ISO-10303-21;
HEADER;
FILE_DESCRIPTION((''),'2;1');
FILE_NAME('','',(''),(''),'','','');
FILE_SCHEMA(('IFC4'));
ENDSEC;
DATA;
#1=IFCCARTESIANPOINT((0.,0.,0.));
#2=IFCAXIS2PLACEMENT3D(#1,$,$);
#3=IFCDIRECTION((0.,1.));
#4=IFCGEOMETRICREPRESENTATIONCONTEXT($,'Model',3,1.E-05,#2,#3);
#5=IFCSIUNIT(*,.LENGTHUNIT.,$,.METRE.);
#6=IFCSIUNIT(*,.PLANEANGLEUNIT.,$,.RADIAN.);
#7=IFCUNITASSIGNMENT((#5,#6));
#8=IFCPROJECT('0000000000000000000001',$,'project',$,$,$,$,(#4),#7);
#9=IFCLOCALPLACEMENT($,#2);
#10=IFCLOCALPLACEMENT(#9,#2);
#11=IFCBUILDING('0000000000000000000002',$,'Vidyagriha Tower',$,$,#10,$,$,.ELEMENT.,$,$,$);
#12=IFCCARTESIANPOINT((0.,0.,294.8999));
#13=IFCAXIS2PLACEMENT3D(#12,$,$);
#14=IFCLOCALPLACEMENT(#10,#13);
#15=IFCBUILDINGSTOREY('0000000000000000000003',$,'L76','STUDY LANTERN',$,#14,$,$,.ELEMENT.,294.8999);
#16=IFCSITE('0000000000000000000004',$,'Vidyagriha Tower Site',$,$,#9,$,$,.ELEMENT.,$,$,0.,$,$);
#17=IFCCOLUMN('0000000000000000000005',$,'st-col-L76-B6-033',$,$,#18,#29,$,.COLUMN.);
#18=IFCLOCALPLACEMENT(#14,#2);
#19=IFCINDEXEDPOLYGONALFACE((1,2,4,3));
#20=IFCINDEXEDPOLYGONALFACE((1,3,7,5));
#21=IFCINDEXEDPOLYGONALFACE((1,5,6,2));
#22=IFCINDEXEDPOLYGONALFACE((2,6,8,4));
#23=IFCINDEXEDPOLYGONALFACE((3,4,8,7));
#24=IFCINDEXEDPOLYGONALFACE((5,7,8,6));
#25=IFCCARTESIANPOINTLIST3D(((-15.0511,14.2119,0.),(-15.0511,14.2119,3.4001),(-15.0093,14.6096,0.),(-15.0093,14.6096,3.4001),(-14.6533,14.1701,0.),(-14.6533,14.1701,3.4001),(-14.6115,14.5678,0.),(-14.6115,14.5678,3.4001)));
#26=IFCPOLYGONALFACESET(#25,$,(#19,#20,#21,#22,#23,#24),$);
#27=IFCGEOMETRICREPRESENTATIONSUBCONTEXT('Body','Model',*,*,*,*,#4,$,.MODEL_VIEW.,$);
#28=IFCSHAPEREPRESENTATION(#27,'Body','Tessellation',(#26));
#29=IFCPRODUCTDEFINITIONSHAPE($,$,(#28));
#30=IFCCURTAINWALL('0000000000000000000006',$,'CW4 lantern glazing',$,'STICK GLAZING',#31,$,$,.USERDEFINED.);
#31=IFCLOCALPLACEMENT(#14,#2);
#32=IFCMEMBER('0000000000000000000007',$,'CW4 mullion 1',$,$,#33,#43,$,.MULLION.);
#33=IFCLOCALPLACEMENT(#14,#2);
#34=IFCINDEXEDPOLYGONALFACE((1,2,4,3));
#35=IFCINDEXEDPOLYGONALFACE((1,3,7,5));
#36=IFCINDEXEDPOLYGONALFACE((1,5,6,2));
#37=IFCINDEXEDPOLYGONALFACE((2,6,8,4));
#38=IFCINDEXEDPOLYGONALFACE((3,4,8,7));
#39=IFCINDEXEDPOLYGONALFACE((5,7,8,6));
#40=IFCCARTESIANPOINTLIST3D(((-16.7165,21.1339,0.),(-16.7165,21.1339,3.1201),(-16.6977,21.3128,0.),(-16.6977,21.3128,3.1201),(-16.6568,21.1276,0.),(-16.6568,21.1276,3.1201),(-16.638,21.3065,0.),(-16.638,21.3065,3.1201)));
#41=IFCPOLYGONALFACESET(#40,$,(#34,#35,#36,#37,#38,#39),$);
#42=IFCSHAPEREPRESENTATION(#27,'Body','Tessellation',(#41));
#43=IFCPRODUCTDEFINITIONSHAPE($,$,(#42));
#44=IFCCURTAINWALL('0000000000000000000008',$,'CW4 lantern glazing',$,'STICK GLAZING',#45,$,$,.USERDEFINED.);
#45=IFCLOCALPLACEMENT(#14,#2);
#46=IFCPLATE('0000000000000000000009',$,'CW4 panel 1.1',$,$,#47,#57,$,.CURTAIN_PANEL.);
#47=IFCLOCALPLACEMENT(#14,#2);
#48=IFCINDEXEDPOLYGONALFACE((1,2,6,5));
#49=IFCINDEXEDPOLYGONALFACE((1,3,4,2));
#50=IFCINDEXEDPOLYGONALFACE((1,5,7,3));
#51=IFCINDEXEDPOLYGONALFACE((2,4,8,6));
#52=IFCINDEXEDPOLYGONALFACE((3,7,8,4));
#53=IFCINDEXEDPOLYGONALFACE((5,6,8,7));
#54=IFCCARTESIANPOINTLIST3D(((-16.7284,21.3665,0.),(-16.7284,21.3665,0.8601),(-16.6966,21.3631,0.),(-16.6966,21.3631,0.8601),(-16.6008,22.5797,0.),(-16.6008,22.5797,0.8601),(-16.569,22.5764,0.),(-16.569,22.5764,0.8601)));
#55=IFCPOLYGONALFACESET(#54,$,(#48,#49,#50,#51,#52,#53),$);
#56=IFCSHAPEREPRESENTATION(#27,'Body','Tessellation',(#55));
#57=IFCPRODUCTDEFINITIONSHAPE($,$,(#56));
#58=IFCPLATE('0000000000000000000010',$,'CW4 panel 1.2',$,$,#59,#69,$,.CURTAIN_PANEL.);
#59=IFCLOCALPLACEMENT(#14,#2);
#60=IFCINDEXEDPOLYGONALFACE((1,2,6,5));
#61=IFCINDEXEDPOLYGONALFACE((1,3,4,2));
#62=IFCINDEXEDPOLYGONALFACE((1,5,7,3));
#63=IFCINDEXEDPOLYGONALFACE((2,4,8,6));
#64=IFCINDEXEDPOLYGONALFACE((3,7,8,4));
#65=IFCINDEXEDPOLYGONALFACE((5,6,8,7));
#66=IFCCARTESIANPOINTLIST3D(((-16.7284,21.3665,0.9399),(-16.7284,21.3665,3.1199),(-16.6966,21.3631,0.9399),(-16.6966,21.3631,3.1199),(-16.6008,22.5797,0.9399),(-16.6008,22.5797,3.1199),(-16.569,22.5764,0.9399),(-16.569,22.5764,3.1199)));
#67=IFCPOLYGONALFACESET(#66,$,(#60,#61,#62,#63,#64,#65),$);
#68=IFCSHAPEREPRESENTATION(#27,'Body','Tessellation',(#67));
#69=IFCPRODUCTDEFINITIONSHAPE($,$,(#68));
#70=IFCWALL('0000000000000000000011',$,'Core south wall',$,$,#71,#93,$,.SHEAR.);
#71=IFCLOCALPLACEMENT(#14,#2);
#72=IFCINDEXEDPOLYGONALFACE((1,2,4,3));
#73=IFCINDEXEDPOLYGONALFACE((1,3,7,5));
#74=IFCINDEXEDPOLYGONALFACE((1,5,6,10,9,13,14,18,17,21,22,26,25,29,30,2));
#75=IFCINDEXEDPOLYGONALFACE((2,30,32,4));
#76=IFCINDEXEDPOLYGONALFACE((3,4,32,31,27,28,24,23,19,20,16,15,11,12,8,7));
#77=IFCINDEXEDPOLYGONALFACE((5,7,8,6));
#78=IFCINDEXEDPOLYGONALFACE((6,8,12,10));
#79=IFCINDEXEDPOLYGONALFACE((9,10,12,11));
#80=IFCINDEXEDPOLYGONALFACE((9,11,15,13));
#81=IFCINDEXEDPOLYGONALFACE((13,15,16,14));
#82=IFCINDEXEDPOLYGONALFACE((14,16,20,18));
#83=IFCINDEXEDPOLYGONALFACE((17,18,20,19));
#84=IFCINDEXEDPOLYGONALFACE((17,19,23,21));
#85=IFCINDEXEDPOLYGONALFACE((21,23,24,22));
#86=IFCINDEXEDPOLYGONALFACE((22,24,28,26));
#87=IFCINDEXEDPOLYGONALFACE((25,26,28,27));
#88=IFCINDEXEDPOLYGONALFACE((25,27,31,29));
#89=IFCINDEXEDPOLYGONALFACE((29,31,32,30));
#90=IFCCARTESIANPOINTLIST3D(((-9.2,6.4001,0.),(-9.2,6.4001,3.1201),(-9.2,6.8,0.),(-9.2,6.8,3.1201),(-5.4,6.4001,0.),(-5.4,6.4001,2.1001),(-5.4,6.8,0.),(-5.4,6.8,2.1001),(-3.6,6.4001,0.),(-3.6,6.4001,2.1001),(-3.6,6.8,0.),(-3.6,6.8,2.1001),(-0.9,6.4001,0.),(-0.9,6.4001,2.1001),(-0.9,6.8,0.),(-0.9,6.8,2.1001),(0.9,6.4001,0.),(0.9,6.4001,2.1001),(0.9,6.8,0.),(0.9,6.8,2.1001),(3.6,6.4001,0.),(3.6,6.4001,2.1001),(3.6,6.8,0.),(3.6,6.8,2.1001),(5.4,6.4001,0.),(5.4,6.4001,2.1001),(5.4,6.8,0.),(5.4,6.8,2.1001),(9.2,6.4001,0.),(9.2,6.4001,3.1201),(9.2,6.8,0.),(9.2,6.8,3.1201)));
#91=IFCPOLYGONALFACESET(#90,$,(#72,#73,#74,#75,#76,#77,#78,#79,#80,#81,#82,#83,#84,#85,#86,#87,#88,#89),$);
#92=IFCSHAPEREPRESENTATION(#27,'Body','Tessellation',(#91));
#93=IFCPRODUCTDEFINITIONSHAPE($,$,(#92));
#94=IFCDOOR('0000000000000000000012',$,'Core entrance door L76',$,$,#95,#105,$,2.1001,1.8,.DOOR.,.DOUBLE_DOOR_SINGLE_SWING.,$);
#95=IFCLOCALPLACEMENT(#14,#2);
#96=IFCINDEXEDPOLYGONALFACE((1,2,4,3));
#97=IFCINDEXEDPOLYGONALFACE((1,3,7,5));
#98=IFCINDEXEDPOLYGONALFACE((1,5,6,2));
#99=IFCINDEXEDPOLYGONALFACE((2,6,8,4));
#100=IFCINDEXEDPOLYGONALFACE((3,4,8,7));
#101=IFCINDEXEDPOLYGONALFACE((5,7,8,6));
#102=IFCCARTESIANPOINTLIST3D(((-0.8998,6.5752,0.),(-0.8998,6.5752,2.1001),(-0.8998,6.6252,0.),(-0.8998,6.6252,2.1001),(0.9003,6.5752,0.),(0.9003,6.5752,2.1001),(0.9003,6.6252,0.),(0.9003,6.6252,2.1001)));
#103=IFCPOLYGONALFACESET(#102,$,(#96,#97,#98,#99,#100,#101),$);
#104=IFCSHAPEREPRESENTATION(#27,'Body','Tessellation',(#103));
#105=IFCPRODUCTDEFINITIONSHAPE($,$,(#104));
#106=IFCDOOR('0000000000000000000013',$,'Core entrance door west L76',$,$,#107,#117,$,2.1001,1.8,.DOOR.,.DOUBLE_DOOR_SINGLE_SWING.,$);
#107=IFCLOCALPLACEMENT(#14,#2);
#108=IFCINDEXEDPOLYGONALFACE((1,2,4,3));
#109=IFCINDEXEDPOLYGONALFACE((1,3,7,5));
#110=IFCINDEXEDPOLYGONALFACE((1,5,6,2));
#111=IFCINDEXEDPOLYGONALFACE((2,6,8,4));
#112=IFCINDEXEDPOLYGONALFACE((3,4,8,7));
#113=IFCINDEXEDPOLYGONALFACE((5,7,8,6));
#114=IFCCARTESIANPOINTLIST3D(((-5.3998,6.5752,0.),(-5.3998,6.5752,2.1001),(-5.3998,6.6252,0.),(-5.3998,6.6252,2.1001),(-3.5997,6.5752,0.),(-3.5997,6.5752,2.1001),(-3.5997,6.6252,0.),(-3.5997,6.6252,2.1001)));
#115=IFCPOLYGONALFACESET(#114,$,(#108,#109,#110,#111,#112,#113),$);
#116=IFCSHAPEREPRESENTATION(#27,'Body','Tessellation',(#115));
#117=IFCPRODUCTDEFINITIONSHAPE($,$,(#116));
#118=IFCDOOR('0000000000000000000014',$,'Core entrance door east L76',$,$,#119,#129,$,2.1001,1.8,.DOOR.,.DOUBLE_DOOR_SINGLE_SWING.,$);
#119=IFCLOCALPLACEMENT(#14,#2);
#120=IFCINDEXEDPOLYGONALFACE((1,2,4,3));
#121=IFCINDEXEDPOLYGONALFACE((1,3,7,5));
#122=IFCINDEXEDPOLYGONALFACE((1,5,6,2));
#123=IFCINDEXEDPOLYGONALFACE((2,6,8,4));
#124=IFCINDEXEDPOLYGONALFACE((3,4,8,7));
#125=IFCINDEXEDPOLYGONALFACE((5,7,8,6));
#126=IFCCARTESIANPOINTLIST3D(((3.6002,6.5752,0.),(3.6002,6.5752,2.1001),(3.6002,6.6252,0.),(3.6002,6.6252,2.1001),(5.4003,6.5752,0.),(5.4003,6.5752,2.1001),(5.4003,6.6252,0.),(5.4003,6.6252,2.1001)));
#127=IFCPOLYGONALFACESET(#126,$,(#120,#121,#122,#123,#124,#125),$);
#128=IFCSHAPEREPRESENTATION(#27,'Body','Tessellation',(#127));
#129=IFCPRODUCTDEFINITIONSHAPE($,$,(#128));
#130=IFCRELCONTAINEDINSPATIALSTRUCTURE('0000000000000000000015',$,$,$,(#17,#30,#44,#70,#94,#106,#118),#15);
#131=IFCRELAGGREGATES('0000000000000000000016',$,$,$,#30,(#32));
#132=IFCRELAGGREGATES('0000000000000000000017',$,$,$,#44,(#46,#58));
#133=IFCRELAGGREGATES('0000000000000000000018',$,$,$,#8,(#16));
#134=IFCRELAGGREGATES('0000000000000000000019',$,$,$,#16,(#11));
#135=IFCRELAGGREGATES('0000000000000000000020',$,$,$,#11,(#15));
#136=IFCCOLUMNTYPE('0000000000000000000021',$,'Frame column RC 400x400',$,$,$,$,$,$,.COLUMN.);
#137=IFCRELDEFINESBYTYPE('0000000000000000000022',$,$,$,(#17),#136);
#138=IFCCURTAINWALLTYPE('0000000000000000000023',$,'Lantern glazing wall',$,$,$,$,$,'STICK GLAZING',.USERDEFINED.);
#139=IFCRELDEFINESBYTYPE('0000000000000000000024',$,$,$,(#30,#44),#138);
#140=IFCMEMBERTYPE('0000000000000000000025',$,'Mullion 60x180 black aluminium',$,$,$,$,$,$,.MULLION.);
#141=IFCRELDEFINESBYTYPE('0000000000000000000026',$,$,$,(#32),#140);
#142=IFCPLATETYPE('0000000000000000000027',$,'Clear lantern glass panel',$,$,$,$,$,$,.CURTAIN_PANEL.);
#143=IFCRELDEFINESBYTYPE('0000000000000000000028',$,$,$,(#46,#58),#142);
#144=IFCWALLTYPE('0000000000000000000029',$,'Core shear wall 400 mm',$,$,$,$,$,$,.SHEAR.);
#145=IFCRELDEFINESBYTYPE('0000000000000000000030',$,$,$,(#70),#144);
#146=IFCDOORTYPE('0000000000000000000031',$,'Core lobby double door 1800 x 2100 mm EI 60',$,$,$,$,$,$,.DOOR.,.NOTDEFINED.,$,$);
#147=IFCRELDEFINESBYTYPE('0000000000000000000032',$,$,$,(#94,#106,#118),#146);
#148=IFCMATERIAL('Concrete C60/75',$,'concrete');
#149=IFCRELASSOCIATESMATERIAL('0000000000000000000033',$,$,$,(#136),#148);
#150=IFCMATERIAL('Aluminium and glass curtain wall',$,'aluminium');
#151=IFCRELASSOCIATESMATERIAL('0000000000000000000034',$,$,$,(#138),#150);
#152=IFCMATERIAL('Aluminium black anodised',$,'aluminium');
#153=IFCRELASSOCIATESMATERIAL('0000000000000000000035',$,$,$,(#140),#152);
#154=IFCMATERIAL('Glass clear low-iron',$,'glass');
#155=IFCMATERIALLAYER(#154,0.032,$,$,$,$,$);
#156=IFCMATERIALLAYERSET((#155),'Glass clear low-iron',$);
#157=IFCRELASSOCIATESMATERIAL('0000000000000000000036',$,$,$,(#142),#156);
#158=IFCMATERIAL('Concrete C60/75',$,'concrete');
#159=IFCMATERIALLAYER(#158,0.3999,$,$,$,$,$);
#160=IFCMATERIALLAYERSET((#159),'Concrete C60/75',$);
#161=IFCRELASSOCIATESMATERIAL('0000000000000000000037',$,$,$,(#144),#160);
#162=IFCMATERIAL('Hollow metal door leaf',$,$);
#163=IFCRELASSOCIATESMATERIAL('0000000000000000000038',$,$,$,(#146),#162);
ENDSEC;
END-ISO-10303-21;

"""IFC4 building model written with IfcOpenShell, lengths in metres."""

from ifc_helpers import new_model, si_unit, direction, frame, frame_2d, origin, origin_2d, place, context, subcontext, project, spatial, rectangle, extrude, material, layer, layer_set, material_profile, profile_set, type_object, element, fill, aggregate, save


model = new_model("IFC4")

# Units and contexts
model_context = context("Model", 3, precision=1e-05, world=origin(), true_north=direction((0.0, 1.0)))
body_context = subcontext(model_context, "Body", "Model", "MODEL_VIEW")
ifc_project = project(units=[si_unit("LENGTHUNIT", "METRE"), si_unit("PLANEANGLEUNIT", "RADIAN")], contexts=[model_context])

# Site, building, storey
site_placement = place(None, origin())
site = spatial("IfcSite", under=ifc_project, at=site_placement, Name="Vidyagriha Tower Site", CompositionType="ELEMENT", RefElevation=0.0)
building_placement = place(site_placement, origin())
building = spatial("IfcBuilding", under=site, at=building_placement, Name="Vidyagriha Tower", CompositionType="ELEMENT")
storey_placement = place(building_placement, frame((0.0, 0.0, 294.8999)))
storey = spatial("IfcBuildingStorey", under=building, at=storey_placement, Name="L76", Description="STUDY LANTERN", CompositionType="ELEMENT", Elevation=294.8999)

# Column
ifc_material_1 = material(Name="Concrete C60/75", Category="concrete")
ifc_material_profile_1 = material_profile(ifc_material_1, rectangle(XDim=0.3999, YDim=0.3999, at=origin_2d()), Name="RC 400x400")
ifc_profile_set_1 = profile_set([ifc_material_profile_1], Name="Concrete C60/75")
column_type = type_object("IfcColumnType", Name="Frame column RC 400x400", PredefinedType="COLUMN", material=ifc_profile_set_1)
column_placement = place(storey_placement, frame((-14.8313, 14.3899, 0.0), z_axis=(0.0, 0.0, 1.0), x_axis=(0.994522, -0.104528, 0.0)))
element("IfcColumn", 1, at=column_placement, inside=storey, type_object=column_type, Name="st-col-L76-B6-033", PredefinedType="COLUMN", context=body_context, shape_type="SweptSolid", body=[
    extrude(rectangle(XDim=0.3999, YDim=0.3999, at=origin_2d()), origin(), (0.0, 0.0, 1.0), 3.4001),
])

# Curtain wall, member
ifc_material_2 = material(Name="Aluminium and glass curtain wall", Category="aluminium")
curtain_wall_type = type_object("IfcCurtainWallType", Name="Lantern glazing wall", ElementType="STICK GLAZING", PredefinedType="USERDEFINED", material=ifc_material_2)
curtain_wall_1_placement = place(storey_placement, origin())
curtain_wall_1 = element("IfcCurtainWall", 2, at=curtain_wall_1_placement, inside=storey, type_object=curtain_wall_type, Name="CW4 lantern glazing", ObjectType="STICK GLAZING", PredefinedType="USERDEFINED")
ifc_material_3 = material(Name="Aluminium black anodised", Category="aluminium")
ifc_material_profile_2 = material_profile(ifc_material_3, rectangle(XDim=0.1799, YDim=0.0601, at=origin_2d()), Name="Mullion 60x180 black aluminium")
ifc_profile_set_2 = profile_set([ifc_material_profile_2], Name="Aluminium black anodised")
member_type = type_object("IfcMemberType", Name="Mullion 60x180 black aluminium", PredefinedType="MULLION", material=ifc_profile_set_2)
member_placement = place(storey_placement, frame((-16.6772, 21.2202, 0.0), z_axis=(0.0, 0.0, 1.0), x_axis=(-0.104519, -0.994523, 0.0)))
member = element("IfcMember", 3, at=member_placement, type_object=member_type, Name="CW4 mullion 1", PredefinedType="MULLION", context=body_context, shape_type="SweptSolid", body=[
    extrude(rectangle(XDim=0.1799, YDim=0.0601, at=origin_2d()), origin(), (0.0, 0.0, 1.0), 3.1201),
])
aggregate(curtain_wall_1, [member])

# Curtain wall, plates
curtain_wall_2_placement = place(storey_placement, origin())
curtain_wall_2 = element("IfcCurtainWall", 4, at=curtain_wall_2_placement, inside=storey, type_object=curtain_wall_type, Name="CW4 lantern glazing", ObjectType="STICK GLAZING", PredefinedType="USERDEFINED")
ifc_material_4 = material(Name="Glass clear low-iron", Category="glass")
ifc_layer_1 = layer(ifc_material_4, 0.032)
ifc_layer_set_1 = layer_set([ifc_layer_1], Name="Glass clear low-iron")
plate_type = type_object("IfcPlateType", Name="Clear lantern glass panel", PredefinedType="CURTAIN_PANEL", material=ifc_layer_set_1)
plate_1_placement = place(storey_placement, frame((-16.6487, 21.9714, 0.0), z_axis=(0.0, 0.0, 1.0), x_axis=(-0.104549, -0.99452, 0.0)))
plate_1 = element("IfcPlate", 5, at=plate_1_placement, type_object=plate_type, Name="CW4 panel 1.1", PredefinedType="CURTAIN_PANEL", context=body_context, shape_type="SweptSolid", body=[
    extrude(rectangle(XDim=1.22, YDim=0.032, at=origin_2d()), origin(), (0.0, 0.0, 1.0), 0.8601),
])
plate_2_placement = place(storey_placement, frame((-16.6487, 21.9714, 0.9399), z_axis=(0.0, 0.0, 1.0), x_axis=(-0.104549, -0.99452, 0.0)))
plate_2 = element("IfcPlate", 6, at=plate_2_placement, type_object=plate_type, Name="CW4 panel 1.2", PredefinedType="CURTAIN_PANEL", context=body_context, shape_type="SweptSolid", body=[
    extrude(rectangle(XDim=1.22, YDim=0.032, at=origin_2d()), origin(), (0.0, 0.0, 1.0), 2.1799),
])
aggregate(curtain_wall_2, [plate_1, plate_2])

# Wall, openings, doors
ifc_material_5 = material(Name="Concrete C60/75", Category="concrete")
ifc_layer_2 = layer(ifc_material_5, 0.3999)
ifc_layer_set_2 = layer_set([ifc_layer_2], Name="Concrete C60/75")
wall_type_1 = type_object("IfcWallType", Name="Core shear wall 400 mm", PredefinedType="SHEAR", material=ifc_layer_set_2)
wall_1_placement = place(storey_placement, frame((-9.2, 6.6001, 0.0)))
wall_1 = element("IfcWall", 7, at=wall_1_placement, inside=storey, type_object=wall_type_1, Name="Core south wall", PredefinedType="SHEAR", context=body_context, shape_type="SweptSolid", body=[
    extrude(rectangle(XDim=18.3999, YDim=0.3999, at=frame_2d((9.2, 0.0))), origin(), (0.0, 0.0, 1.0), 3.1201),
])
opening_1_placement = place(wall_1_placement, frame((8.3, 0.0, 0.0)))
opening_1 = element("IfcOpeningElement", 8, at=opening_1_placement, cuts=wall_1, PredefinedType="OPENING", context=body_context, shape_type="SweptSolid", body=[
    extrude(rectangle(XDim=1.8, YDim=2.1001, at=frame_2d((0.8999, 1.05))), frame((0.0, 0.21, 0.0), z_axis=(0.0, -1.0, 0.0), x_axis=(1.0, 0.0, 0.0)), (0.0, 0.0, 1.0), 0.4199),
])
opening_2_placement = place(wall_1_placement, frame((3.8, 0.0, 0.0)))
opening_2 = element("IfcOpeningElement", 9, at=opening_2_placement, cuts=wall_1, PredefinedType="OPENING", context=body_context, shape_type="SweptSolid", body=[
    extrude(rectangle(XDim=1.8, YDim=2.1001, at=frame_2d((0.8999, 1.05))), frame((0.0, 0.21, 0.0), z_axis=(0.0, -1.0, 0.0), x_axis=(1.0, 0.0, 0.0)), (0.0, 0.0, 1.0), 0.4199),
])
opening_3_placement = place(wall_1_placement, frame((12.8, 0.0, 0.0)))
opening_3 = element("IfcOpeningElement", 10, at=opening_3_placement, cuts=wall_1, PredefinedType="OPENING", context=body_context, shape_type="SweptSolid", body=[
    extrude(rectangle(XDim=1.8, YDim=2.1001, at=frame_2d((0.8999, 1.05))), frame((0.0, 0.21, 0.0), z_axis=(0.0, -1.0, 0.0), x_axis=(1.0, 0.0, 0.0)), (0.0, 0.0, 1.0), 0.4199),
])
ifc_material_6 = material(Name="Hollow metal door leaf")
door_type_1 = type_object("IfcDoorType", Name="Core lobby double door 1800 x 2100 mm EI 60", OperationType="NOTDEFINED", PredefinedType="DOOR", material=ifc_material_6)
door_1_placement = place(opening_1_placement, frame((1.8, 0.0, 0.0), z_axis=(0.0, 0.0, 1.0), x_axis=(-1.0, 0.0, 0.0)))
door_1 = element("IfcDoor", 11, at=door_1_placement, inside=storey, type_object=door_type_1, Name="Core entrance door L76", OperationType="DOUBLE_DOOR_SINGLE_SWING", OverallHeight=2.1001, OverallWidth=1.8, PredefinedType="DOOR", context=body_context, shape_type="SweptSolid", body=[
    extrude(rectangle(XDim=1.8, YDim=2.1001, at=frame_2d((0.8999, 1.05))), frame((0.0, 0.0249, 0.0), z_axis=(0.0, -1.0, 0.0), x_axis=(1.0, 0.0, 0.0)), (0.0, 0.0, 1.0), 0.05),
])
fill(opening_1, door_1)
door_2_placement = place(opening_2_placement, frame((1.8, 0.0, 0.0), z_axis=(0.0, 0.0, 1.0), x_axis=(-1.0, 0.0, 0.0)))
door_2 = element("IfcDoor", 12, at=door_2_placement, inside=storey, type_object=door_type_1, Name="Core entrance door west L76", OperationType="DOUBLE_DOOR_SINGLE_SWING", OverallHeight=2.1001, OverallWidth=1.8, PredefinedType="DOOR", context=body_context, shape_type="SweptSolid", body=[
    extrude(rectangle(XDim=1.8, YDim=2.1001, at=frame_2d((0.8999, 1.05))), frame((0.0, 0.0249, 0.0), z_axis=(0.0, -1.0, 0.0), x_axis=(1.0, 0.0, 0.0)), (0.0, 0.0, 1.0), 0.05),
])
fill(opening_2, door_2)
door_3_placement = place(opening_3_placement, frame((1.8, 0.0, 0.0), z_axis=(0.0, 0.0, 1.0), x_axis=(-1.0, 0.0, 0.0)))
door_3 = element("IfcDoor", 13, at=door_3_placement, inside=storey, type_object=door_type_1, Name="Core entrance door east L76", OperationType="DOUBLE_DOOR_SINGLE_SWING", OverallHeight=2.1001, OverallWidth=1.8, PredefinedType="DOOR", context=body_context, shape_type="SweptSolid", body=[
    extrude(rectangle(XDim=1.8, YDim=2.1001, at=frame_2d((0.8999, 1.05))), frame((0.0, 0.0249, 0.0), z_axis=(0.0, -1.0, 0.0), x_axis=(1.0, 0.0, 0.0)), (0.0, 0.0, 1.0), 0.05),
])
fill(opening_3, door_3)

save(model, "model.ifc")
